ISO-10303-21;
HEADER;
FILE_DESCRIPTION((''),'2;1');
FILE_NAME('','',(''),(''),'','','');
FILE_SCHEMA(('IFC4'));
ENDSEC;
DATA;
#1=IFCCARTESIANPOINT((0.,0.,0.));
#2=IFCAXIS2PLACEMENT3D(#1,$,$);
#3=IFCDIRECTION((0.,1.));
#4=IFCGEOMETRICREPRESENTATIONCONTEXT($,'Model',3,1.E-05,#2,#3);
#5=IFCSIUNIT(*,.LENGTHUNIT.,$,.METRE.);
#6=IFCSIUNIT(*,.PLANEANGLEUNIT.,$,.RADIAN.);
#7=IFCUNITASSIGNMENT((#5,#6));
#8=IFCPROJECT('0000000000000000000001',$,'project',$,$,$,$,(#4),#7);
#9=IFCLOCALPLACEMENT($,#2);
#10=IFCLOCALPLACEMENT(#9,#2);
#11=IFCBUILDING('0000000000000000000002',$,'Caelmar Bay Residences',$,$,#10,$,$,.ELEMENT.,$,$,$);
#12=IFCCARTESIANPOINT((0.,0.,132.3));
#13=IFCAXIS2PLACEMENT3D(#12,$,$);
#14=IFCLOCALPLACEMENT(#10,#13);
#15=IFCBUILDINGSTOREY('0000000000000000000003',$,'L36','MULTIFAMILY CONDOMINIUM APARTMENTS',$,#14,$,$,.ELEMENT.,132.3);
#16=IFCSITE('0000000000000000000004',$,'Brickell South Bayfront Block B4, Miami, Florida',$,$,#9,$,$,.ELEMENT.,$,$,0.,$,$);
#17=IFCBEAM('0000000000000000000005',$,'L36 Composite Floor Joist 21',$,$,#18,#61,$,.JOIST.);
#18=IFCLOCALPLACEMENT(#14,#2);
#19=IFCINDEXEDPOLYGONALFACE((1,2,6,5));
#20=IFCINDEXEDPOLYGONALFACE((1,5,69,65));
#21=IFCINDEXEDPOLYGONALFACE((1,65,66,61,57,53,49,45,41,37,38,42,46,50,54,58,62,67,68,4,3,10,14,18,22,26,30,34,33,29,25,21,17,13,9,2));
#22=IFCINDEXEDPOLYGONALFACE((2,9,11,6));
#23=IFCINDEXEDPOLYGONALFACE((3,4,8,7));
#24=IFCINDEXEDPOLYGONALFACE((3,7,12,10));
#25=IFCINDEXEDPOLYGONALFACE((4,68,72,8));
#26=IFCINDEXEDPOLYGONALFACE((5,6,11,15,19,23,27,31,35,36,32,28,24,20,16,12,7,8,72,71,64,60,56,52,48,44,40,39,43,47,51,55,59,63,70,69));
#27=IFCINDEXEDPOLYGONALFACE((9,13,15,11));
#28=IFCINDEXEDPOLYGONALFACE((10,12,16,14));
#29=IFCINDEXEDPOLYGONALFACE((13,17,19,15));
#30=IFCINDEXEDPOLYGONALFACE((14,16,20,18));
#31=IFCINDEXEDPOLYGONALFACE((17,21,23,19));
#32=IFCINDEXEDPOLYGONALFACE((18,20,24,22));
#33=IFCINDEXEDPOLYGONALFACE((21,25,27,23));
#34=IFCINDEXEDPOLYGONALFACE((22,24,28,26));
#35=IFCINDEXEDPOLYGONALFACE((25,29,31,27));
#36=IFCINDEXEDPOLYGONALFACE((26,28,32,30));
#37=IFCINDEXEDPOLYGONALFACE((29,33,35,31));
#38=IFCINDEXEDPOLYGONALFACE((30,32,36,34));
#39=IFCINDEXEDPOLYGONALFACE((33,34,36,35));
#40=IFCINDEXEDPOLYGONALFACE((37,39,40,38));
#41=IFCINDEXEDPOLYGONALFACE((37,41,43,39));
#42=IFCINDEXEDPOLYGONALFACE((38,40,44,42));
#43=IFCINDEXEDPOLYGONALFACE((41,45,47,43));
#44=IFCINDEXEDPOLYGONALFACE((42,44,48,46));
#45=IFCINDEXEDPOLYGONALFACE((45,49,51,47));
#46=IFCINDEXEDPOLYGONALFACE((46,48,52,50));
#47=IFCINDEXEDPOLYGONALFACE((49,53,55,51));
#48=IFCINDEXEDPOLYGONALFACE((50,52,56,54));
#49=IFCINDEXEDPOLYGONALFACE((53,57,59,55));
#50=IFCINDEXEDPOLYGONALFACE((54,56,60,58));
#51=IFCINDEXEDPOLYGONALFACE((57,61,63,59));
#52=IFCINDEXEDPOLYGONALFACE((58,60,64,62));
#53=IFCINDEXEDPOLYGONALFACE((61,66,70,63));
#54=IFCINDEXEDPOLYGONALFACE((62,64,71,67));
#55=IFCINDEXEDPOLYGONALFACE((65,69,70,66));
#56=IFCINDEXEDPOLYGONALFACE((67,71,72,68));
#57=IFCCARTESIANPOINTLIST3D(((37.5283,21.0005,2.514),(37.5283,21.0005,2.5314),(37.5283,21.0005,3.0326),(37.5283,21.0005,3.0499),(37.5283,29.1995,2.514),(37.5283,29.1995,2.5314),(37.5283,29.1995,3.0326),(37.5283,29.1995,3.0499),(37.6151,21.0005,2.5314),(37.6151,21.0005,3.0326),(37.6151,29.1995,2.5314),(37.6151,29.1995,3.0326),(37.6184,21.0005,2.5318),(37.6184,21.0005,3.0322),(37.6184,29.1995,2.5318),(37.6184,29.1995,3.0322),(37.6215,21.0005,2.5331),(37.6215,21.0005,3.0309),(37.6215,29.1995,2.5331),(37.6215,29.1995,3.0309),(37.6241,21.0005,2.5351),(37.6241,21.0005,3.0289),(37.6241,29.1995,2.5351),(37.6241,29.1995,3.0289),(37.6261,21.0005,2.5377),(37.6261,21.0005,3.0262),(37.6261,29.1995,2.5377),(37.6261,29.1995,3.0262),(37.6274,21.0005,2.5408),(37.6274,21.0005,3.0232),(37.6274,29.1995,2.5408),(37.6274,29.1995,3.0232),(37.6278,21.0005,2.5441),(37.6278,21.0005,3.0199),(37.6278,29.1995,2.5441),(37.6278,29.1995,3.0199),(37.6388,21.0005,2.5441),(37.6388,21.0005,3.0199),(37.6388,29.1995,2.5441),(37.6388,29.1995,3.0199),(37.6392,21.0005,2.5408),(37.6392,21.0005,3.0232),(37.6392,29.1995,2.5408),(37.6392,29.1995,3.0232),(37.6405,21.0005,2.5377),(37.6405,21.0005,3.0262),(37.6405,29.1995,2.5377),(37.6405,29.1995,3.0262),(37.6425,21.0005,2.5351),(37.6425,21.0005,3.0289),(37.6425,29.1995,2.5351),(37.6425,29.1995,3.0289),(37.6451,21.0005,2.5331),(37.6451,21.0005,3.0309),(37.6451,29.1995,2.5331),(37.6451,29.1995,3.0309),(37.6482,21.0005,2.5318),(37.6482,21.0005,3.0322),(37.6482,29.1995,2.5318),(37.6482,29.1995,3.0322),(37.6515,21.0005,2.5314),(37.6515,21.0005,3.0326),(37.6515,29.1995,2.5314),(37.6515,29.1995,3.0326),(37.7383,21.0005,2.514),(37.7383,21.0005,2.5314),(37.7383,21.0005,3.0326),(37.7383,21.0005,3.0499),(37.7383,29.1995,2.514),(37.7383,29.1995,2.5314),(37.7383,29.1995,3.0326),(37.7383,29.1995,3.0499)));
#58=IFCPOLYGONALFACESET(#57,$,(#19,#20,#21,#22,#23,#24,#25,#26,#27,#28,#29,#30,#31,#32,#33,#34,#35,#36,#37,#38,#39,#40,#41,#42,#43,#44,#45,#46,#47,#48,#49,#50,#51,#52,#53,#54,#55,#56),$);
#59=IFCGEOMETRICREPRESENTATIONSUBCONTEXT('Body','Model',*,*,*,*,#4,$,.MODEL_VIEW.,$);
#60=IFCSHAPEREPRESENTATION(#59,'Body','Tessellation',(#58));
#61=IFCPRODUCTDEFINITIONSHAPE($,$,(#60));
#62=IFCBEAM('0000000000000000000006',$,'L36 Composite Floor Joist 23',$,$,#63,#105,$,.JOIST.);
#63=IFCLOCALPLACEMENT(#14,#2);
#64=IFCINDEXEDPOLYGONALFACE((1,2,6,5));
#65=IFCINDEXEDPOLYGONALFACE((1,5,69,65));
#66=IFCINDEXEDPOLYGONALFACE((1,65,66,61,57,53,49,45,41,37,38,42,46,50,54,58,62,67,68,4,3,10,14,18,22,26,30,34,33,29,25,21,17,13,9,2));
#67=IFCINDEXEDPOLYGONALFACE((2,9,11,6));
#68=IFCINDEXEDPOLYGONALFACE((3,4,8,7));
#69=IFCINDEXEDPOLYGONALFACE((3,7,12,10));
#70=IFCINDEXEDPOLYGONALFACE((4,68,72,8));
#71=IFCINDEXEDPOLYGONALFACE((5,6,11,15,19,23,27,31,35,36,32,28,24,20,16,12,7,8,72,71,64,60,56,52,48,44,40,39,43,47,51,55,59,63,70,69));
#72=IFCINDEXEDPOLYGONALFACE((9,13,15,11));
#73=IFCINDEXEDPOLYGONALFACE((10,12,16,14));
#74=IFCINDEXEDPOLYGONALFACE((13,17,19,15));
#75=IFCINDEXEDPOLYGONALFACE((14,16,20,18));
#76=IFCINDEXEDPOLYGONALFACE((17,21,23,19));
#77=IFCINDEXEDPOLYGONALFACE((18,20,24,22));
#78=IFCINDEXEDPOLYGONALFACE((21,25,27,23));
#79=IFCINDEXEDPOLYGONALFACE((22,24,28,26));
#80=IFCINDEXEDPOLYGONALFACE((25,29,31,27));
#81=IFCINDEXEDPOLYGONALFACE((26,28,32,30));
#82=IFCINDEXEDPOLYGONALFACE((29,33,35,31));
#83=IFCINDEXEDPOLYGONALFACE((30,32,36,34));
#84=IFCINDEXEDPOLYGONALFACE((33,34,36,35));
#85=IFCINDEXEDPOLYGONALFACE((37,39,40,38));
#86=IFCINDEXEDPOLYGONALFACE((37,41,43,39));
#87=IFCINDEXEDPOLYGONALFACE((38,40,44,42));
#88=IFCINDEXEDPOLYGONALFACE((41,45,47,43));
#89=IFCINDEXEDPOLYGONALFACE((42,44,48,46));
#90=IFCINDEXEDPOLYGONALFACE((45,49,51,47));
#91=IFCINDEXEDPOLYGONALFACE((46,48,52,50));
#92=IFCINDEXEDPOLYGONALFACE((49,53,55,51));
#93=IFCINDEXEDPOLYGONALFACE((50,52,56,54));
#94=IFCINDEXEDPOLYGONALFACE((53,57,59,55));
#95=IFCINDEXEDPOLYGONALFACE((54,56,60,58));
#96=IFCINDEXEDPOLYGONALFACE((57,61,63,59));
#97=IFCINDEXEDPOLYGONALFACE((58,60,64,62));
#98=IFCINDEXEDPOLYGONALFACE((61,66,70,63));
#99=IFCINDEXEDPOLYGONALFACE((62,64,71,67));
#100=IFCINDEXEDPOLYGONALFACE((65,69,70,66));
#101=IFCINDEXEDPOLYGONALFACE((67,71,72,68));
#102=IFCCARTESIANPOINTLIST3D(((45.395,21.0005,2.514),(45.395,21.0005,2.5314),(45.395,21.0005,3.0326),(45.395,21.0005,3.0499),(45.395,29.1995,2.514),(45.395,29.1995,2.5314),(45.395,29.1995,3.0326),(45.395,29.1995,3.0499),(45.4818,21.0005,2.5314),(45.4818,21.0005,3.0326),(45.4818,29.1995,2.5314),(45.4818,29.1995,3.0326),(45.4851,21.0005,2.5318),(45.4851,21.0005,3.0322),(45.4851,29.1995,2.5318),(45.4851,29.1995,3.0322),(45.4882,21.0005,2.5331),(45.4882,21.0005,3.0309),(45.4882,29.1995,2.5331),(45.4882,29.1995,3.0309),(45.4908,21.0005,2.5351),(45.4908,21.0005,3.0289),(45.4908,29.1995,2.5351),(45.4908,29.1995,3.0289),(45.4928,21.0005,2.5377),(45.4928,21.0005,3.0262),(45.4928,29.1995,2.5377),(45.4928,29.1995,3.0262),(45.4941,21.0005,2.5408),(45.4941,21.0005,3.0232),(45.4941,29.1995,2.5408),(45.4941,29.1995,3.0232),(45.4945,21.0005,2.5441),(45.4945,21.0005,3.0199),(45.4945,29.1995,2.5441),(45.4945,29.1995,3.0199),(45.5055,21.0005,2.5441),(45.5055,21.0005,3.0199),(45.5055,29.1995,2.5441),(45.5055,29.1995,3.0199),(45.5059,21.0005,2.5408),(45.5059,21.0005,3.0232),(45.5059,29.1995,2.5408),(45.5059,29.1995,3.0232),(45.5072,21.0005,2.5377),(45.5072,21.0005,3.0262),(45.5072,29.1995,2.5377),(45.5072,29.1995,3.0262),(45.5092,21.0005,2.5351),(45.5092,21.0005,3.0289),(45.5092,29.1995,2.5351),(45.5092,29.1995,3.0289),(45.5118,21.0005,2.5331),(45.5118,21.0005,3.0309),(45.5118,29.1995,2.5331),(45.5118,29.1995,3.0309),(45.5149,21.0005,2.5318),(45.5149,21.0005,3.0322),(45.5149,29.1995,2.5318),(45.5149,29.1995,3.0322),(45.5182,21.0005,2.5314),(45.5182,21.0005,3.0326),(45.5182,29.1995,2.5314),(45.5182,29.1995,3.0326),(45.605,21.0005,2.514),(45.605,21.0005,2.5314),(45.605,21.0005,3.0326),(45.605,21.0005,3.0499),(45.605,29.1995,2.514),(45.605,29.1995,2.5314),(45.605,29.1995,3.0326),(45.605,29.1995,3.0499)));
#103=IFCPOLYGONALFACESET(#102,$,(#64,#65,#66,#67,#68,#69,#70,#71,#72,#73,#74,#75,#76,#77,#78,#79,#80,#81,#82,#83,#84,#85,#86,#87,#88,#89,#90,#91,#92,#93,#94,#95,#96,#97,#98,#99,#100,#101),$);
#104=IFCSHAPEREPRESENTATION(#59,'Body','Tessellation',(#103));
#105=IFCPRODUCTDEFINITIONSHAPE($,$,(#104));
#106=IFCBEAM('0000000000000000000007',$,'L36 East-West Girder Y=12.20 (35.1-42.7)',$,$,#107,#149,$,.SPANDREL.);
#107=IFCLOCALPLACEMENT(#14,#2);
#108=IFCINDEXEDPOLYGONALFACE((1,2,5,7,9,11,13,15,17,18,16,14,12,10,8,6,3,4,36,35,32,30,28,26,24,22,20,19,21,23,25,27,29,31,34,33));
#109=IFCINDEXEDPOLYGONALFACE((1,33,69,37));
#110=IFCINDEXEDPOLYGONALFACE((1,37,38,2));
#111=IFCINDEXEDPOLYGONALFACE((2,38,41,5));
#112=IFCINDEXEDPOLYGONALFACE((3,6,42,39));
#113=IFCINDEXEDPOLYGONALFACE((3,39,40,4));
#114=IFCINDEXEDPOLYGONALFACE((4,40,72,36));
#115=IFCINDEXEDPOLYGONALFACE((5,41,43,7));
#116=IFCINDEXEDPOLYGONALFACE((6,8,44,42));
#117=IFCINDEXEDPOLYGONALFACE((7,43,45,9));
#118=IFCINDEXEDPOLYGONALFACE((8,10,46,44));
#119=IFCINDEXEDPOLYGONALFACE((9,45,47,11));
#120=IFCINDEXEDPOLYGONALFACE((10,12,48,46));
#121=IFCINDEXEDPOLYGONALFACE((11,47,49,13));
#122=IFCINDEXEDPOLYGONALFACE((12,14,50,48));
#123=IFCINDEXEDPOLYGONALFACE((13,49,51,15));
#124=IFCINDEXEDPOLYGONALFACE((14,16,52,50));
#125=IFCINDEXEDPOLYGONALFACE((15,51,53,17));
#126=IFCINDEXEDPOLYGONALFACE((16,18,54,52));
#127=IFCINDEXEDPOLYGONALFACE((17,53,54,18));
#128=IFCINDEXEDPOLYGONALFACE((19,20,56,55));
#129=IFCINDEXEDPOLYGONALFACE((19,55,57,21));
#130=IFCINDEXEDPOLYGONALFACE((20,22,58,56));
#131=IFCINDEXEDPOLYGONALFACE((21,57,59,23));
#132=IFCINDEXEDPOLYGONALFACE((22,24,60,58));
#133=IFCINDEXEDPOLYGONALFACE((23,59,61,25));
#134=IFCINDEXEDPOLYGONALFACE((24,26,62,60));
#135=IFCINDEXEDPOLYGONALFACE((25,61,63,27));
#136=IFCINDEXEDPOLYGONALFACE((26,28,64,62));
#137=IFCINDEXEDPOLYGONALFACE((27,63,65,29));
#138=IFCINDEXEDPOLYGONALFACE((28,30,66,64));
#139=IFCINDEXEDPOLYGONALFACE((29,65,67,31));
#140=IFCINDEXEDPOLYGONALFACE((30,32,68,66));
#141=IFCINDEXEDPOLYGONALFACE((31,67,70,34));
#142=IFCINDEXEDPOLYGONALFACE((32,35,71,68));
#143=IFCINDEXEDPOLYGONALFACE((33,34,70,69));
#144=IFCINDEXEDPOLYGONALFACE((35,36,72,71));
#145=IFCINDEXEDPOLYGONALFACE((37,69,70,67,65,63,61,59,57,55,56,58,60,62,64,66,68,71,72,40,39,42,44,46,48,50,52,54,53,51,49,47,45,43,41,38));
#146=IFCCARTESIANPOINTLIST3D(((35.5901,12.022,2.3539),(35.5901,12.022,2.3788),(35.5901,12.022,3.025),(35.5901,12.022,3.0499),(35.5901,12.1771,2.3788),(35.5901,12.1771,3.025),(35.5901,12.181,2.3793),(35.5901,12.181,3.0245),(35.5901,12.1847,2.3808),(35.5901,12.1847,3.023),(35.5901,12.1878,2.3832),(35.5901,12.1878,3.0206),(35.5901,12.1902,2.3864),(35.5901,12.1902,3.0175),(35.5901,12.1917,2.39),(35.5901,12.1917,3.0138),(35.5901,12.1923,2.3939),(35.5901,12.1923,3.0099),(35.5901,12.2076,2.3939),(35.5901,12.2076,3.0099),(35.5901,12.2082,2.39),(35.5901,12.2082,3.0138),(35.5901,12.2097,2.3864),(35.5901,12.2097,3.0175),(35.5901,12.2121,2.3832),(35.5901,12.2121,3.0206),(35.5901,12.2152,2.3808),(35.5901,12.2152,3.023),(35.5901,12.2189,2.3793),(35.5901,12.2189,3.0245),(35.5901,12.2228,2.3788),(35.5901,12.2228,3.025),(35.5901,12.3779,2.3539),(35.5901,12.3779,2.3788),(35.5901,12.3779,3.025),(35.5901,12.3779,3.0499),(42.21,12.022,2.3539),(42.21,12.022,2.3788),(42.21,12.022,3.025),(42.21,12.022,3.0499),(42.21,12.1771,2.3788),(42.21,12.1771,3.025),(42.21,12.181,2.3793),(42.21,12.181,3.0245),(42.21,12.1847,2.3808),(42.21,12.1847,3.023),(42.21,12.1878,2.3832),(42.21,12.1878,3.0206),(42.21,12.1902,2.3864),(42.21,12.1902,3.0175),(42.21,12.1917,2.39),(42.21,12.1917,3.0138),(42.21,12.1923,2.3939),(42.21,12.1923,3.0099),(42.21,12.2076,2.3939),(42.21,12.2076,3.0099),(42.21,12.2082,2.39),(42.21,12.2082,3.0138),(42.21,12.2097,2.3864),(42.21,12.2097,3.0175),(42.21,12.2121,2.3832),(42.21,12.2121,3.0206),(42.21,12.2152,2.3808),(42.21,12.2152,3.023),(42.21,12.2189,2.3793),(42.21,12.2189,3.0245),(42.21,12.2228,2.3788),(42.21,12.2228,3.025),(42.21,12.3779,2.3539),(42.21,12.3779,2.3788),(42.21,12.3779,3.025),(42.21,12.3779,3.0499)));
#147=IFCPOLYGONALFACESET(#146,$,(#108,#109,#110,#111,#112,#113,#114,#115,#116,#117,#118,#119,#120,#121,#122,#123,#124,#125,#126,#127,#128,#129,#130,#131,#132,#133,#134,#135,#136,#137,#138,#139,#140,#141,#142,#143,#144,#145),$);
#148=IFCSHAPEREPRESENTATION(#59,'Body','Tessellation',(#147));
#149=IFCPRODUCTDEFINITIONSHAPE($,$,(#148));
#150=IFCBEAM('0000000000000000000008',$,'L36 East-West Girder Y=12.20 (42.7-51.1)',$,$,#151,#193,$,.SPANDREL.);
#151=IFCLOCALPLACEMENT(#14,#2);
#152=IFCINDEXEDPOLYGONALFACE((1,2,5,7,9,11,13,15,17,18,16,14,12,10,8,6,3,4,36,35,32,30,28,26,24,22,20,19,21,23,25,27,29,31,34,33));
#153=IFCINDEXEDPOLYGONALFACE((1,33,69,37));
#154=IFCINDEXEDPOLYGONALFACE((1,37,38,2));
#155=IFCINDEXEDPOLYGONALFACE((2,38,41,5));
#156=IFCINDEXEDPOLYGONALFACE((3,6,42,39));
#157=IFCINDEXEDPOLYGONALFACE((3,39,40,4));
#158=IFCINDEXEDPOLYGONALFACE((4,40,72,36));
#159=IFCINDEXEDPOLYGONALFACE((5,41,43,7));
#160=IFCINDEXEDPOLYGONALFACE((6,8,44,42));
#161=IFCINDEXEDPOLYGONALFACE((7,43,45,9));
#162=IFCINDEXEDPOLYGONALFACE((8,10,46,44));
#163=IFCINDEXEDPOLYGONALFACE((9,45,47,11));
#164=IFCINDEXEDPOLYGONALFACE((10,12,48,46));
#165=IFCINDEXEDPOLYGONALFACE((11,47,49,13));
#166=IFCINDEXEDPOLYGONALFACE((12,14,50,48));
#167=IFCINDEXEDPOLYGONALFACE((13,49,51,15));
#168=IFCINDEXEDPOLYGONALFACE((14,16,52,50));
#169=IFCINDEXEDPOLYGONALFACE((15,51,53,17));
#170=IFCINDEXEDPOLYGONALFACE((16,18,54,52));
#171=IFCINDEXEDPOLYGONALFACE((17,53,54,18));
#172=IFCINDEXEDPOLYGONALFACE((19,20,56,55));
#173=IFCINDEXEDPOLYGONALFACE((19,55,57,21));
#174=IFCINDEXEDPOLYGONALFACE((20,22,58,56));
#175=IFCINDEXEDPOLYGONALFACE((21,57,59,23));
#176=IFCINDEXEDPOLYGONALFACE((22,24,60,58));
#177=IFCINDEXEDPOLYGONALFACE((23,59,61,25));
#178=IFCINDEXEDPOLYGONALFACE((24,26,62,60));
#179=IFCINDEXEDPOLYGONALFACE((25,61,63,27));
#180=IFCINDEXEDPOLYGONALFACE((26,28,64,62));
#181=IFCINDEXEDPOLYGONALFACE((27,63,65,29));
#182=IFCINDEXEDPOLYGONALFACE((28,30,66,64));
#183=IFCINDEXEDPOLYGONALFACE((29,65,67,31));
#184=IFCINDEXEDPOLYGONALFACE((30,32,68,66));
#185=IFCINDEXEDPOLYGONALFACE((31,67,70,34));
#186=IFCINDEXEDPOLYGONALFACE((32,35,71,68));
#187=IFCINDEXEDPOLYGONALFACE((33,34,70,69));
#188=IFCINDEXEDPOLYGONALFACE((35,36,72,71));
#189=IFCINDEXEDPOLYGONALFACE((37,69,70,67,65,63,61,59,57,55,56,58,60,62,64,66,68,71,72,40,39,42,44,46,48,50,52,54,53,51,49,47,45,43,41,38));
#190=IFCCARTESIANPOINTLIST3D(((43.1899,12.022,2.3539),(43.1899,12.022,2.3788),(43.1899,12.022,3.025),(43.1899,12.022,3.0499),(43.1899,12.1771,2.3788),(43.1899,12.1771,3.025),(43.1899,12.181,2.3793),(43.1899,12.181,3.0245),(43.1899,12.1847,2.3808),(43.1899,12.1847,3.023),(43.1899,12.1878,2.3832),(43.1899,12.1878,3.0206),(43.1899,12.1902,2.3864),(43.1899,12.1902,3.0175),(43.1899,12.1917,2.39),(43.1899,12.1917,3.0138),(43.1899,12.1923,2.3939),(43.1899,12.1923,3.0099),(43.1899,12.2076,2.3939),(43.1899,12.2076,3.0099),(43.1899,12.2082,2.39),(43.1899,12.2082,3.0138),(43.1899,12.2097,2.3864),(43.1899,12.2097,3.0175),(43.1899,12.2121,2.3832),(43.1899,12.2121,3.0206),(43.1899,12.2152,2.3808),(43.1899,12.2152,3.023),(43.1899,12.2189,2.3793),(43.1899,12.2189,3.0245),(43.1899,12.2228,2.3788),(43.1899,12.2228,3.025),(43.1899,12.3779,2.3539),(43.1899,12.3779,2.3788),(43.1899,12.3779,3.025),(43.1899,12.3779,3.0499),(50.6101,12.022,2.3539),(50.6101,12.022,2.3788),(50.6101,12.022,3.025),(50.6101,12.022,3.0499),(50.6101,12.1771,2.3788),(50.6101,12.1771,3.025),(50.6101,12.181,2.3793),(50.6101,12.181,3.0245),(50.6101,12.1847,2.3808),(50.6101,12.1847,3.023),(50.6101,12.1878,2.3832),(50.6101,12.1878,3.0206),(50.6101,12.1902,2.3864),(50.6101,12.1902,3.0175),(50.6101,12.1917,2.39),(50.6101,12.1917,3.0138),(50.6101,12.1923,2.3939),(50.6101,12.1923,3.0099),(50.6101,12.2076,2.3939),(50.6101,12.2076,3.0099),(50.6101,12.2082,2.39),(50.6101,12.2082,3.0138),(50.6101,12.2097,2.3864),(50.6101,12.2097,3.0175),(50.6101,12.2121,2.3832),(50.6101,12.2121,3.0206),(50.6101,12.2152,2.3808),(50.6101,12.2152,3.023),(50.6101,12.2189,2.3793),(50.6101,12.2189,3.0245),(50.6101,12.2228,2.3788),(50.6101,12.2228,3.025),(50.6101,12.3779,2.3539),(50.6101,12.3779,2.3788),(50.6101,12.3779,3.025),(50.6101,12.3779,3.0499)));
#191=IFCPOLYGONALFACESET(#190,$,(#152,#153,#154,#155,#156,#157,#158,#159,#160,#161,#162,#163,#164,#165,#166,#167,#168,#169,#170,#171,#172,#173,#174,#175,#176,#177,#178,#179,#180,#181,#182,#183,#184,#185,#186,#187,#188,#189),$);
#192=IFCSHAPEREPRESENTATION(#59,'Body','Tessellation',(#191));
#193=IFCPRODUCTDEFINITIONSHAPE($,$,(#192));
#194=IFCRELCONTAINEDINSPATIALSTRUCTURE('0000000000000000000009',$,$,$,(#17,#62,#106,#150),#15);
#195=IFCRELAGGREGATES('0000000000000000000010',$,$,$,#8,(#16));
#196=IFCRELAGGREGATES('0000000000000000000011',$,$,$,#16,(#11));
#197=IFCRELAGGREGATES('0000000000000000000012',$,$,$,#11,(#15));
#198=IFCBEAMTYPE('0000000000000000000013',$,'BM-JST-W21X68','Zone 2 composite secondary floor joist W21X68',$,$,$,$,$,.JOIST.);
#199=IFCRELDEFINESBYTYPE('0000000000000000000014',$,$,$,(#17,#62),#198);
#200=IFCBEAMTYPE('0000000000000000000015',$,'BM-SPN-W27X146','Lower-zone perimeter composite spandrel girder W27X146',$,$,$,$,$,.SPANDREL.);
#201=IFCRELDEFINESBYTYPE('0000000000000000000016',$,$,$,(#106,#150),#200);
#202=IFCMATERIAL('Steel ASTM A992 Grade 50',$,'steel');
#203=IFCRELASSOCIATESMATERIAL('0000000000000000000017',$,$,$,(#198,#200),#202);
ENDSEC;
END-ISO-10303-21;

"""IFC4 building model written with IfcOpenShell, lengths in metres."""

from ifc_helpers import new_model, si_unit, direction, frame, origin, origin_2d, place, context, subcontext, project, spatial, i_section, extrude, material, material_profile, profile_set, type_object, element, save


model = new_model("IFC4")

# Units and contexts
model_context = context("Model", 3, precision=1e-05, world=origin(), true_north=direction((0.0, 1.0)))
body_context = subcontext(model_context, "Body", "Model", "MODEL_VIEW")
ifc_project = project(units=[si_unit("LENGTHUNIT", "METRE"), si_unit("PLANEANGLEUNIT", "RADIAN")], contexts=[model_context])

# Site, building, storey
site_placement = place(None, origin())
site = spatial("IfcSite", under=ifc_project, at=site_placement, Name="Brickell South Bayfront Block B4, Miami, Florida", CompositionType="ELEMENT", RefElevation=0.0)
building_placement = place(site_placement, origin())
building = spatial("IfcBuilding", under=site, at=building_placement, Name="Caelmar Bay Residences", CompositionType="ELEMENT")
storey_placement = place(building_placement, frame((0.0, 0.0, 132.3)))
storey = spatial("IfcBuildingStorey", under=building, at=storey_placement, Name="L36", Description="MULTIFAMILY CONDOMINIUM APARTMENTS", CompositionType="ELEMENT", Elevation=132.3)

# Beams
ifc_material_1 = material(Name="Steel ASTM A992 Grade 50", Category="steel")
ifc_material_profile_1 = material_profile(ifc_material_1, i_section(OverallWidth=0.21, OverallDepth=0.5359, WebThickness=0.011, FlangeThickness=0.0173, FilletRadius=0.0127, at=origin_2d()), Name="W21X68")
ifc_profile_set_1 = profile_set([ifc_material_profile_1], Name="Steel ASTM A992 Grade 50")
beam_type_1 = type_object("IfcBeamType", Name="BM-JST-W21X68", Description="Zone 2 composite secondary floor joist W21X68", PredefinedType="JOIST", material=ifc_profile_set_1)
for number, where, z_axis, x_axis, name in (
    (1, (37.6333, 21.0005, 2.782), (0.0, 1.0, 0.0), (-1.0, 0.0, 0.0), "L36 Composite Floor Joist 21"),
    (2, (45.5, 21.0005, 2.782), (0.0, 1.0, 0.0), (-1.0, 0.0, 0.0), "L36 Composite Floor Joist 23"),
):
    element("IfcBeam", number, at=place(storey_placement, frame(where, z_axis=z_axis, x_axis=x_axis)), inside=storey, type_object=beam_type_1, Name=name, PredefinedType="JOIST", context=body_context, shape_type="SweptSolid", body=[
        extrude(i_section(OverallWidth=0.21, OverallDepth=0.5359, WebThickness=0.011, FlangeThickness=0.0173, FilletRadius=0.0127, at=origin_2d()), origin(), (0.0, 0.0, 1.0), 8.199),
    ])
ifc_material_profile_2 = material_profile(ifc_material_1, i_section(OverallWidth=0.356, OverallDepth=0.696, WebThickness=0.0154, FlangeThickness=0.0249, FilletRadius=0.0151, at=origin_2d()), Name="W27X146")
ifc_profile_set_2 = profile_set([ifc_material_profile_2], Name="Steel ASTM A992 Grade 50")
beam_type_2 = type_object("IfcBeamType", Name="BM-SPN-W27X146", Description="Lower-zone perimeter composite spandrel girder W27X146", PredefinedType="SPANDREL", material=ifc_profile_set_2)
beam_1_placement = place(storey_placement, frame((35.5901, 12.2, 2.7019), z_axis=(1.0, 0.0, 0.0), x_axis=(0.0, 1.0, 0.0)))
element("IfcBeam", 3, at=beam_1_placement, inside=storey, type_object=beam_type_2, Name="L36 East-West Girder Y=12.20 (35.1-42.7)", PredefinedType="SPANDREL", context=body_context, shape_type="SweptSolid", body=[
    extrude(i_section(OverallWidth=0.356, OverallDepth=0.696, WebThickness=0.0154, FlangeThickness=0.0249, FilletRadius=0.0151, at=origin_2d()), origin(), (0.0, 0.0, 1.0), 6.6199),
])
beam_2_placement = place(storey_placement, frame((43.1899, 12.2, 2.7019), z_axis=(1.0, 0.0, 0.0), x_axis=(0.0, 1.0, 0.0)))
element("IfcBeam", 4, at=beam_2_placement, inside=storey, type_object=beam_type_2, Name="L36 East-West Girder Y=12.20 (42.7-51.1)", PredefinedType="SPANDREL", context=body_context, shape_type="SweptSolid", body=[
    extrude(i_section(OverallWidth=0.356, OverallDepth=0.696, WebThickness=0.0154, FlangeThickness=0.0249, FilletRadius=0.0151, at=origin_2d()), origin(), (0.0, 0.0, 1.0), 7.4202),
])

save(model, "model.ifc")
